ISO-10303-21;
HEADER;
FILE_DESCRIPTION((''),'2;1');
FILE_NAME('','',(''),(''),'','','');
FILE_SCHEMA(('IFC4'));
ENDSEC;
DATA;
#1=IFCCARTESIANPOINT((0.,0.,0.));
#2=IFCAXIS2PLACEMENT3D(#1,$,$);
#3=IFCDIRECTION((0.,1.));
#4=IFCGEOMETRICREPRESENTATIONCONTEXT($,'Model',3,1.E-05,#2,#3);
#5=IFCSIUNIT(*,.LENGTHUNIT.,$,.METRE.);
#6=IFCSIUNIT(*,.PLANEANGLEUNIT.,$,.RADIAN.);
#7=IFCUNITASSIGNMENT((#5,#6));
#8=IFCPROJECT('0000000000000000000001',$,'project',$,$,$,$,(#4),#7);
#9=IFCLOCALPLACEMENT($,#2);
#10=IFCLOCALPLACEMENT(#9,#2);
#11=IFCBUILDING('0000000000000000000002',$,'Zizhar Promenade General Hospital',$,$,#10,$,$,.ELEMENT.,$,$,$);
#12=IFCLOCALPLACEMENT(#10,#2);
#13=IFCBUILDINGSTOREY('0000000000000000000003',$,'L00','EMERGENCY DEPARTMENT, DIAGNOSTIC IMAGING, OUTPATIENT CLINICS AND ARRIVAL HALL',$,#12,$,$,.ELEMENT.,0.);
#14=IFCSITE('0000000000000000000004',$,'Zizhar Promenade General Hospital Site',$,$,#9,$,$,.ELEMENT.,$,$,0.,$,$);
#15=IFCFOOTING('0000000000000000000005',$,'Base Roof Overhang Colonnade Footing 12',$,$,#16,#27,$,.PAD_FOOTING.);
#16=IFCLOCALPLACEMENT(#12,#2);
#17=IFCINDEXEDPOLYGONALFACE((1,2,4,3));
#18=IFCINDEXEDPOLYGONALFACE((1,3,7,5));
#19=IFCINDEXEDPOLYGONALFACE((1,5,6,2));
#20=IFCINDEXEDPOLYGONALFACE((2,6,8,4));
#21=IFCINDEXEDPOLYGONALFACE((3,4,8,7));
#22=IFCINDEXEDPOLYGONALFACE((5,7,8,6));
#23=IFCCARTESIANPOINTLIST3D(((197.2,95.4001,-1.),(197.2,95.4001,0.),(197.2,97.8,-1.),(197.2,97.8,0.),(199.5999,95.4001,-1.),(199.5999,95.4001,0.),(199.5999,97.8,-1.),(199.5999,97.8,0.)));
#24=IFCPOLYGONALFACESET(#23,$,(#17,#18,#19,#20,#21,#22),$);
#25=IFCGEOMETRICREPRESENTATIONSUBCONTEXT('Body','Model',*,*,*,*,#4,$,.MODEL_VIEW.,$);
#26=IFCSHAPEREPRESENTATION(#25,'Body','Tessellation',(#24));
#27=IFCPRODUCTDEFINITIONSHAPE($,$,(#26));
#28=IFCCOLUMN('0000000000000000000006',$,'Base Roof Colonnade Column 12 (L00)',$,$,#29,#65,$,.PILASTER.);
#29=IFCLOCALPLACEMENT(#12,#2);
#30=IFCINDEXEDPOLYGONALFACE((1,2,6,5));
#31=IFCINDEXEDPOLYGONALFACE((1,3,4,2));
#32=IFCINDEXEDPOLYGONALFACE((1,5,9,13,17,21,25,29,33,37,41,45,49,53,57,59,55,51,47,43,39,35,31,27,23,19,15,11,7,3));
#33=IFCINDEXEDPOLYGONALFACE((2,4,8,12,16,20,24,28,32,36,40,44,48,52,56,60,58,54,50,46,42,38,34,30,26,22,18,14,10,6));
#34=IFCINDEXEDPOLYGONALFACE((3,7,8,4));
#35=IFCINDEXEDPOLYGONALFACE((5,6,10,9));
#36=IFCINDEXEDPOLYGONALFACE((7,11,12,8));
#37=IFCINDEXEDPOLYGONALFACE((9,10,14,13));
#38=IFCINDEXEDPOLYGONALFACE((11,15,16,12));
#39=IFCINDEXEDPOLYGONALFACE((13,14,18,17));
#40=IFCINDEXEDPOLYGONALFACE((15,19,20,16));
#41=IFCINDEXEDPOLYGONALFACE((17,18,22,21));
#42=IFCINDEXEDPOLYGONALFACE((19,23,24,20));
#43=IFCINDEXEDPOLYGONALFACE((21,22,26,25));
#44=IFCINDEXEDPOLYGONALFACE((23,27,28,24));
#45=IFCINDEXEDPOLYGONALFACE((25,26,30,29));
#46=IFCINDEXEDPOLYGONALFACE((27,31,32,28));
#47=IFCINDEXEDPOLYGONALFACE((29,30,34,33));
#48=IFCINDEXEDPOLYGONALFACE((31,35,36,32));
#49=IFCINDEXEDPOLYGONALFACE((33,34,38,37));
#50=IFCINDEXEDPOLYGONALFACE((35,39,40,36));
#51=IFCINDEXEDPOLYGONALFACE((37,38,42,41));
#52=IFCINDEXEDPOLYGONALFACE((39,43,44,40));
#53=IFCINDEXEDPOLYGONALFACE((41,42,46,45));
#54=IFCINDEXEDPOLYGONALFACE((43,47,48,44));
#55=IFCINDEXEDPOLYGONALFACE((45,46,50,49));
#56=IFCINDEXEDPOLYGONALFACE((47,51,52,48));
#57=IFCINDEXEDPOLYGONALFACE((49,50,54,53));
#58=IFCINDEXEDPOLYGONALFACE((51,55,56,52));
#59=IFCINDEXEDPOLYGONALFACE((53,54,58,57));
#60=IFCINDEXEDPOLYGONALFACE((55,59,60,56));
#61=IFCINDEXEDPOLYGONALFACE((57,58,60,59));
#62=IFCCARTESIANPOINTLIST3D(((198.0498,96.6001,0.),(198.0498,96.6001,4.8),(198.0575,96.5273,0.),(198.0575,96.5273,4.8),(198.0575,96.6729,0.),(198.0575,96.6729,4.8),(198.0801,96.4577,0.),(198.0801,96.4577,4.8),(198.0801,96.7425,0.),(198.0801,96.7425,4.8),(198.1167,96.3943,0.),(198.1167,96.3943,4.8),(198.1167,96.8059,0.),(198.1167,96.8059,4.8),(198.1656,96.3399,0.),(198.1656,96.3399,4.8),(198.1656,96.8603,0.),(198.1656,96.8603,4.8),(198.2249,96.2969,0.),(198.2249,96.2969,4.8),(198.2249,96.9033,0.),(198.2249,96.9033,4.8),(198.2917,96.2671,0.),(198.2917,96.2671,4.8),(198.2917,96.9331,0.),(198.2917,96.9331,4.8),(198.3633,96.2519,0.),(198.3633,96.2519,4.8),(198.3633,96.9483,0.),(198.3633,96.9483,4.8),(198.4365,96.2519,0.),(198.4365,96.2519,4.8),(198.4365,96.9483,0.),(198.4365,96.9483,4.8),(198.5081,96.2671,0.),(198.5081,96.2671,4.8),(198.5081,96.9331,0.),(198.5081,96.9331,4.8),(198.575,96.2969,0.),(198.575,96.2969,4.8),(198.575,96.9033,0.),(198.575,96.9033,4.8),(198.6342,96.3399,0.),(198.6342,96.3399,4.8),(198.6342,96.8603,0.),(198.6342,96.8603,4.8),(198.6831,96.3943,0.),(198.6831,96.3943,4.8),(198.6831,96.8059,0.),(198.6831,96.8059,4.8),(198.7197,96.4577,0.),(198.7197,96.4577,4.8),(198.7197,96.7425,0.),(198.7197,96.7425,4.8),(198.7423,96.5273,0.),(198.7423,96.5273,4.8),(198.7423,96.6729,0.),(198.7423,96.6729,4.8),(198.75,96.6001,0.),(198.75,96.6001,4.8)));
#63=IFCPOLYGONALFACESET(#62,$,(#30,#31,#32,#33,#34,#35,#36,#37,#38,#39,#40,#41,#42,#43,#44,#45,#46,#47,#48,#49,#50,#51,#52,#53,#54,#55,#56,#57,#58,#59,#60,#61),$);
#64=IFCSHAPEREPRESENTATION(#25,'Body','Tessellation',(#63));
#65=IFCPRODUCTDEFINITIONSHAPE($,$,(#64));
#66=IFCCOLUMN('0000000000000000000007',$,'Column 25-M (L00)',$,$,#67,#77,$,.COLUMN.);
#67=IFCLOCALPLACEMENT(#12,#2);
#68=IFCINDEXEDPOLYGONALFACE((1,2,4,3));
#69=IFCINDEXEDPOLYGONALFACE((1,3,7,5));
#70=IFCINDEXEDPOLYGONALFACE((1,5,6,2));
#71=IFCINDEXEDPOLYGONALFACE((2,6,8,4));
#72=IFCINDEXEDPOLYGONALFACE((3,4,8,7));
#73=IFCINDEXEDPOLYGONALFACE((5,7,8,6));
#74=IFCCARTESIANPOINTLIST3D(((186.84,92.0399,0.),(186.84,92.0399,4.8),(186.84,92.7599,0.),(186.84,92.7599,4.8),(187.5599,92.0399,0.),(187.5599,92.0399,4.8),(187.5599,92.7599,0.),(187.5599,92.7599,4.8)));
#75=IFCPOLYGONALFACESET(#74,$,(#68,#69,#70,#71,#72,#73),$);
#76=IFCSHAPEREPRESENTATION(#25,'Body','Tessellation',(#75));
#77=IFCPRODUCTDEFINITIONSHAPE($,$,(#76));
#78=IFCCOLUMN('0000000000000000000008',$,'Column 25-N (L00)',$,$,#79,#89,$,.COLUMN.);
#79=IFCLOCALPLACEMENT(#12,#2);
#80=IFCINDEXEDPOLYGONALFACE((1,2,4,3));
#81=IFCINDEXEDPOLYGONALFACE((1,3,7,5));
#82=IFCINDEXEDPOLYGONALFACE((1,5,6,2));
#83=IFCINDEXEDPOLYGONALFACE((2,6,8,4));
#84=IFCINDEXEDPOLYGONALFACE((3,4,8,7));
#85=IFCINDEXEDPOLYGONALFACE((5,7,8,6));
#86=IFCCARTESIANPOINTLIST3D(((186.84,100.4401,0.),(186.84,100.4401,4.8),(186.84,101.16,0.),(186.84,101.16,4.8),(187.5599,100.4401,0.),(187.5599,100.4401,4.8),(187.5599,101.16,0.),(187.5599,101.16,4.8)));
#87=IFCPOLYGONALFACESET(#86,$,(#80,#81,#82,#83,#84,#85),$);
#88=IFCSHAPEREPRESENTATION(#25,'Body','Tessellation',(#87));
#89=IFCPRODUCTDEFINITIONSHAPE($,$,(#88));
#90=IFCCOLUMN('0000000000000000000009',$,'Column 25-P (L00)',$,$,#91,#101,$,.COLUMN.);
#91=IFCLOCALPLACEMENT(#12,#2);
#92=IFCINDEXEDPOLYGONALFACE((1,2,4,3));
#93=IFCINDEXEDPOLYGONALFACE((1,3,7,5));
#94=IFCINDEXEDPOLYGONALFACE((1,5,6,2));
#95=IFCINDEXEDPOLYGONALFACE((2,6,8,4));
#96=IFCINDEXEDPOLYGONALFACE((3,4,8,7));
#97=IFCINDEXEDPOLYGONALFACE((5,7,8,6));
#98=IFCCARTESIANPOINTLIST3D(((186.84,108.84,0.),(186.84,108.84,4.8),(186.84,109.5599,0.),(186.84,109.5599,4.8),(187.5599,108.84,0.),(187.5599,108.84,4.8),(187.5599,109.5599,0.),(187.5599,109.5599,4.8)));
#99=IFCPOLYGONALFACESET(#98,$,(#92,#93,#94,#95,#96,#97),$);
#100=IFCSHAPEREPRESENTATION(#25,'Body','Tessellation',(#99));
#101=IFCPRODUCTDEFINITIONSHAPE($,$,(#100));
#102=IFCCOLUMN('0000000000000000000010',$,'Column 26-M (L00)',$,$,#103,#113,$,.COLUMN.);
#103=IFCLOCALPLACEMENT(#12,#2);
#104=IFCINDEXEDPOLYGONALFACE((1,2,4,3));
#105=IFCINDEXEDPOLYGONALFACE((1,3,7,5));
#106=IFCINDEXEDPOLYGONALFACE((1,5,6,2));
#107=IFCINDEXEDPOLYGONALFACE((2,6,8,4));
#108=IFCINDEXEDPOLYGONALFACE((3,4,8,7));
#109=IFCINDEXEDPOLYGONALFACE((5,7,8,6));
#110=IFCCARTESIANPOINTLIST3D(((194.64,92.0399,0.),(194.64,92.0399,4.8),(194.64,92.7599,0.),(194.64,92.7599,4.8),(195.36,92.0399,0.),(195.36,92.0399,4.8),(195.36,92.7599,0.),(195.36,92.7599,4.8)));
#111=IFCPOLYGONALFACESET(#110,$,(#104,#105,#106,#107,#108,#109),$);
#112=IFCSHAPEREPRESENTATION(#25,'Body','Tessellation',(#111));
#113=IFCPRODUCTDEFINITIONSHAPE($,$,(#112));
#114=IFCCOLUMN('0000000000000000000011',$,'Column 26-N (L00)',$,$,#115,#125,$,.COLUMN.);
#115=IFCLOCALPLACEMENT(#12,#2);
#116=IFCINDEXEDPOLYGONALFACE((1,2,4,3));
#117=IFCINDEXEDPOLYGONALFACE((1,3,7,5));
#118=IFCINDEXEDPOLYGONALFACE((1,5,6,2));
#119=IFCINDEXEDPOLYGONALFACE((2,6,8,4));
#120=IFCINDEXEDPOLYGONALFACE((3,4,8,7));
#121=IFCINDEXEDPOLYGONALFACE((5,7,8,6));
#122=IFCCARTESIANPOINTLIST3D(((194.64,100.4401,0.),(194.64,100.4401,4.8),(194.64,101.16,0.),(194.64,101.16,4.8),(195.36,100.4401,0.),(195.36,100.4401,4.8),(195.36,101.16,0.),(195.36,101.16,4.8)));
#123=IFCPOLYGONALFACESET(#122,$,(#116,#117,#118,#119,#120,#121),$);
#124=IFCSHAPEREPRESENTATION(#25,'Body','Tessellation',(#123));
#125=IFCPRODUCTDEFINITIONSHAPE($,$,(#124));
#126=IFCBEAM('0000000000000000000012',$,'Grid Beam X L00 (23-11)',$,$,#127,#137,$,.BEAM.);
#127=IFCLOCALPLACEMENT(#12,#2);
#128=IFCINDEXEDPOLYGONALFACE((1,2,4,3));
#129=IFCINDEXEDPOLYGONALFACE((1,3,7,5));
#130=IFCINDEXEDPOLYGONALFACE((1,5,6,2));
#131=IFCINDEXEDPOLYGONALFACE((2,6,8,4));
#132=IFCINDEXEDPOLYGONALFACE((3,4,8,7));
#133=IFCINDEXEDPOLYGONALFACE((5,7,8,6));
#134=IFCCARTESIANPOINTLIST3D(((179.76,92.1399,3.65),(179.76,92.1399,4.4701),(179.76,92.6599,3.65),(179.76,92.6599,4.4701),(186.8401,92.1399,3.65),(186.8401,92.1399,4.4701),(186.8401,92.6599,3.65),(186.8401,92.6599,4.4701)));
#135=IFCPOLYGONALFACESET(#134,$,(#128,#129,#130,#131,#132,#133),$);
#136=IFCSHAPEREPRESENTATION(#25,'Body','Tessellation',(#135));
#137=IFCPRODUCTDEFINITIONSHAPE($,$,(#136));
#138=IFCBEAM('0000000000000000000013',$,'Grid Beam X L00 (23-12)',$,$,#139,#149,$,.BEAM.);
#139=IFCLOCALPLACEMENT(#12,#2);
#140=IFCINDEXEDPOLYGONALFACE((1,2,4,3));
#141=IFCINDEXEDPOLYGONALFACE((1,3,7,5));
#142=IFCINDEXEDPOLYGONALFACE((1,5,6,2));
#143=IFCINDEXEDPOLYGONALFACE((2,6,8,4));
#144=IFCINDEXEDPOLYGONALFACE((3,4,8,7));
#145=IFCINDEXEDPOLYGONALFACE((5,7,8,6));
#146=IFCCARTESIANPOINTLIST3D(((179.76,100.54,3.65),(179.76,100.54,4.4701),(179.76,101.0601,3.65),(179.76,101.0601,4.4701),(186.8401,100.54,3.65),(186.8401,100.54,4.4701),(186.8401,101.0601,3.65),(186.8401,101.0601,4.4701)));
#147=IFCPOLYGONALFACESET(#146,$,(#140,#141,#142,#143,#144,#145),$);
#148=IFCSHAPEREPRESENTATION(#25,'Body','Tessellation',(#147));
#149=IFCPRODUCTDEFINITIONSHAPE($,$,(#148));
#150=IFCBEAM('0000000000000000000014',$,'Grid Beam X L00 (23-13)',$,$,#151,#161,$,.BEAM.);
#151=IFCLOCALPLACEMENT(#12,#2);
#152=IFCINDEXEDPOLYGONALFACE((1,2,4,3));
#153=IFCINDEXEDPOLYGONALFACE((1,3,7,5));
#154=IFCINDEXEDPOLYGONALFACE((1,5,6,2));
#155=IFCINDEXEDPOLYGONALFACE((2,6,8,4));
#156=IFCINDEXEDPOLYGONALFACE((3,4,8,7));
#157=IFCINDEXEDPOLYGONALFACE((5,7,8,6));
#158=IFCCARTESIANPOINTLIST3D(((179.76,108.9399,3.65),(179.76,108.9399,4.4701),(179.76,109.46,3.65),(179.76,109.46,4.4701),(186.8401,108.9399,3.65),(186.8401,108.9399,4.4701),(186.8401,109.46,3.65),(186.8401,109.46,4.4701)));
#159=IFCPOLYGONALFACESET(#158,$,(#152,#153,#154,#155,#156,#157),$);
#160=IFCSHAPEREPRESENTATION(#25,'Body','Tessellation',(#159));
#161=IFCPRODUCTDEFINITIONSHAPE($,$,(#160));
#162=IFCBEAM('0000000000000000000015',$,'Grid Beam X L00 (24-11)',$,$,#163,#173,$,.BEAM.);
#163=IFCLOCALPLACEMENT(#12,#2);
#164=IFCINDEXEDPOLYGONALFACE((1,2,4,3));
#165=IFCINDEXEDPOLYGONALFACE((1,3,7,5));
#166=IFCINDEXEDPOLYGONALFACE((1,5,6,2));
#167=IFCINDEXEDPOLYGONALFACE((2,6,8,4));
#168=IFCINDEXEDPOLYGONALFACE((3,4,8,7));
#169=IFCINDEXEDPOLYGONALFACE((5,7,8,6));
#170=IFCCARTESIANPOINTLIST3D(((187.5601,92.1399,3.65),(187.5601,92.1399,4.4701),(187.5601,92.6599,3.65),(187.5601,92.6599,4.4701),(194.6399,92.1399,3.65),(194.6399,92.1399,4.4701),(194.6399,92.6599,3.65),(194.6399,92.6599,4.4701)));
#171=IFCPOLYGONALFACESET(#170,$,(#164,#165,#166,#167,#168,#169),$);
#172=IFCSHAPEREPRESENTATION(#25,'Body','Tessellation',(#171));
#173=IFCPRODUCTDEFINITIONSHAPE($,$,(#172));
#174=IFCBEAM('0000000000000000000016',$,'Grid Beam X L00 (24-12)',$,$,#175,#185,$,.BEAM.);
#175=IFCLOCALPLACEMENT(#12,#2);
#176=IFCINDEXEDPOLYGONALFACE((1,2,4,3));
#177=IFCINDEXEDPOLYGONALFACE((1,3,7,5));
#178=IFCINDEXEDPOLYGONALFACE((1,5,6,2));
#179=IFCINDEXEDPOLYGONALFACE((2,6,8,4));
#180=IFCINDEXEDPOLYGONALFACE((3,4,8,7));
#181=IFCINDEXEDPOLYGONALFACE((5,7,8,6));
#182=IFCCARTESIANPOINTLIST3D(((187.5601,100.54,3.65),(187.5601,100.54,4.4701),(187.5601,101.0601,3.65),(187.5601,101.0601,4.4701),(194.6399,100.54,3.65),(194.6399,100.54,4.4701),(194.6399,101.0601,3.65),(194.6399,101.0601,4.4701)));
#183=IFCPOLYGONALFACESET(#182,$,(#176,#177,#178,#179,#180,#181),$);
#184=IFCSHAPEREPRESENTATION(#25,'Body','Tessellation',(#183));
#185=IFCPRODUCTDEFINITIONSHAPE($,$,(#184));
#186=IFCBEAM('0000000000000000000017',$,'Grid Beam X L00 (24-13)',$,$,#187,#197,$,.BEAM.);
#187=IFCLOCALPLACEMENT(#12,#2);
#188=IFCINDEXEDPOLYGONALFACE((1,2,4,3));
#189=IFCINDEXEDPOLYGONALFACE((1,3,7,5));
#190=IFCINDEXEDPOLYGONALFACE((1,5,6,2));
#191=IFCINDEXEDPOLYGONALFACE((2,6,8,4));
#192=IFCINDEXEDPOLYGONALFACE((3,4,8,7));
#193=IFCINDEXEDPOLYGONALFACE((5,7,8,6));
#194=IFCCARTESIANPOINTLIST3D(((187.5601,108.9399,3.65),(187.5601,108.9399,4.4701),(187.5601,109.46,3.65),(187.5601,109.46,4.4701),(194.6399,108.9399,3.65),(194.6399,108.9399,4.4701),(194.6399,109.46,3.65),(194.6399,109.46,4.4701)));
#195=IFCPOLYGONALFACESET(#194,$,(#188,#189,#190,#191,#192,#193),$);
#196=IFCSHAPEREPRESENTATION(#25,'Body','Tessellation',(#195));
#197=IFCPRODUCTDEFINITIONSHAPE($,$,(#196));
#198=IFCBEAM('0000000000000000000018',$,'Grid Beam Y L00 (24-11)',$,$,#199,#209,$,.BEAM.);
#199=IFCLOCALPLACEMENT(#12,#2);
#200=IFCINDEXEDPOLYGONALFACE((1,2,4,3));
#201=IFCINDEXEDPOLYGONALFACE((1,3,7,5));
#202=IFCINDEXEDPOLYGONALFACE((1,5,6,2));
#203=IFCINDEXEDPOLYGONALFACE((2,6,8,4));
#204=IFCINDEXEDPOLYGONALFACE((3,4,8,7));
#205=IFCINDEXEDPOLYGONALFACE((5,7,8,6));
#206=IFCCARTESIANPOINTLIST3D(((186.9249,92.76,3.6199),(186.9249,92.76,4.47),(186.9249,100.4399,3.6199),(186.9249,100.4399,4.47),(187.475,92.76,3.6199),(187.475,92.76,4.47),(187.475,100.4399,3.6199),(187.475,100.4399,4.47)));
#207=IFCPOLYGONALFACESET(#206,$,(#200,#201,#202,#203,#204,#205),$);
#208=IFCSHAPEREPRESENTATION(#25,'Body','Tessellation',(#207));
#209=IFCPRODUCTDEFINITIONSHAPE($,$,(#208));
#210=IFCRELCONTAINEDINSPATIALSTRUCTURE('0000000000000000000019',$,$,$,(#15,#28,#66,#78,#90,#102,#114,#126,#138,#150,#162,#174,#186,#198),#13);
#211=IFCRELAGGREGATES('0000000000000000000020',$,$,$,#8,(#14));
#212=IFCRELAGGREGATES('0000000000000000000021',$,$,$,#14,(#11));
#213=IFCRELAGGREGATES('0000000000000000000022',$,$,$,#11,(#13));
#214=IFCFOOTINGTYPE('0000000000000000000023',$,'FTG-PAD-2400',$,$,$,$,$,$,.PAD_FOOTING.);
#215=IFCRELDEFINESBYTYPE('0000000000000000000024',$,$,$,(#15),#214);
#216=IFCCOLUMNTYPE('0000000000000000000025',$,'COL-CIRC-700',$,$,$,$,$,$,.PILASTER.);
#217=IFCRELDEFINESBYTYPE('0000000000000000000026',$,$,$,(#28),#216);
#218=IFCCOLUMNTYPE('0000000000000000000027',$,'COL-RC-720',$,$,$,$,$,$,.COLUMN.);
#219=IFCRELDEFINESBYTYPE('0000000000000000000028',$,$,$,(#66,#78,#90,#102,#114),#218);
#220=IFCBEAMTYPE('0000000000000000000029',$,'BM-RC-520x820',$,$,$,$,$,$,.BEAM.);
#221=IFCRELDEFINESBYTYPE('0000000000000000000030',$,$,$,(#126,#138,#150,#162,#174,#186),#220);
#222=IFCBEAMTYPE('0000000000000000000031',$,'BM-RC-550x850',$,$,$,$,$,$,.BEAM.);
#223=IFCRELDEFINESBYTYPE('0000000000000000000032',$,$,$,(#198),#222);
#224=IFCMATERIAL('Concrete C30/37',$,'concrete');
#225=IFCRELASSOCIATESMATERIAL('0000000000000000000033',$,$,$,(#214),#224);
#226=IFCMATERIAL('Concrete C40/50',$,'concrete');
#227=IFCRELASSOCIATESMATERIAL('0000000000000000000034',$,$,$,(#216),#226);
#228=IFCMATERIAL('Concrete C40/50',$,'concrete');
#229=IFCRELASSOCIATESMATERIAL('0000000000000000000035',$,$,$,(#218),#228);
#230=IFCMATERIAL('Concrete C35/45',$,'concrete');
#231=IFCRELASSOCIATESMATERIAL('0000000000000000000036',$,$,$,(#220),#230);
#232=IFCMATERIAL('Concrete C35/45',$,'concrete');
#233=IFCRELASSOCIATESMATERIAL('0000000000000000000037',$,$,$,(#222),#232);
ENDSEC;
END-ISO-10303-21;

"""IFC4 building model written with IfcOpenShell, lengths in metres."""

from ifc_helpers import new_model, si_unit, direction, frame, origin, origin_2d, place, context, subcontext, project, spatial, rectangle, circle, extrude, material, material_profile, profile_set, type_object, element, save


model = new_model("IFC4")

# Units and contexts
model_context = context("Model", 3, precision=1e-05, world=origin(), true_north=direction((0.0, 1.0)))
body_context = subcontext(model_context, "Body", "Model", "MODEL_VIEW")
ifc_project = project(units=[si_unit("LENGTHUNIT", "METRE"), si_unit("PLANEANGLEUNIT", "RADIAN")], contexts=[model_context])

# Site, building, storey
site_placement = place(None, origin())
site = spatial("IfcSite", under=ifc_project, at=site_placement, Name="Zizhar Promenade General Hospital Site", CompositionType="ELEMENT", RefElevation=0.0)
building_placement = place(site_placement, origin())
building = spatial("IfcBuilding", under=site, at=building_placement, Name="Zizhar Promenade General Hospital", CompositionType="ELEMENT")
storey_placement = place(building_placement, origin())
storey = spatial("IfcBuildingStorey", under=building, at=storey_placement, Name="L00", Description="EMERGENCY DEPARTMENT, DIAGNOSTIC IMAGING, OUTPATIENT CLINICS AND ARRIVAL HALL", CompositionType="ELEMENT", Elevation=0.0)

# Footing
ifc_material_1 = material(Name="Concrete C30/37", Category="concrete")
footing_type = type_object("IfcFootingType", Name="FTG-PAD-2400", PredefinedType="PAD_FOOTING", material=ifc_material_1)
footing_placement = place(storey_placement, frame((198.3999, 96.6001, -1.0), z_axis=(0.0, 0.0, 1.0), x_axis=(1.0, 0.0, 0.0)))
element("IfcFooting", 1, at=footing_placement, inside=storey, type_object=footing_type, Name="Base Roof Overhang Colonnade Footing 12", PredefinedType="PAD_FOOTING", context=body_context, shape_type="SweptSolid", body=[
    extrude(rectangle(XDim=2.3999, YDim=2.3999, at=origin_2d()), origin(), (0.0, 0.0, 1.0), 1.0),
])

# Columns
ifc_material_2 = material(Name="Concrete C40/50", Category="concrete")
ifc_material_profile_1 = material_profile(ifc_material_2, circle(Radius=0.3501, at=origin_2d()))
ifc_profile_set_1 = profile_set([ifc_material_profile_1], Name="Concrete C40/50")
column_type_1 = type_object("IfcColumnType", Name="COL-CIRC-700", PredefinedType="PILASTER", material=ifc_profile_set_1)
column_placement = place(storey_placement, frame((198.3999, 96.6001, 0.0), z_axis=(0.0, 0.0, 1.0), x_axis=(1.0, 0.0, 0.0)))
element("IfcColumn", 2, at=column_placement, inside=storey, type_object=column_type_1, Name="Base Roof Colonnade Column 12 (L00)", PredefinedType="PILASTER", context=body_context, shape_type="SweptSolid", body=[
    extrude(circle(Radius=0.3501, at=origin_2d()), origin(), (0.0, 0.0, 1.0), 4.8),
])
ifc_material_3 = material(Name="Concrete C40/50", Category="concrete")
ifc_material_profile_2 = material_profile(ifc_material_3, rectangle(XDim=0.72, YDim=0.72, at=origin_2d()))
ifc_profile_set_2 = profile_set([ifc_material_profile_2], Name="Concrete C40/50")
column_type_2 = type_object("IfcColumnType", Name="COL-RC-720", PredefinedType="COLUMN", material=ifc_profile_set_2)
for number, where, z_axis, x_axis, name in (
    (3, (187.2, 92.3999, 0.0), (0.0, 0.0, 1.0), (1.0, 0.0, 0.0), "Column 25-M (L00)"),
    (4, (187.2, 100.8, 0.0), (0.0, 0.0, 1.0), (1.0, 0.0, 0.0), "Column 25-N (L00)"),
    (5, (187.2, 109.2, 0.0), (0.0, 0.0, 1.0), (1.0, 0.0, 0.0), "Column 25-P (L00)"),
    (6, (195.0, 92.3999, 0.0), (0.0, 0.0, 1.0), (1.0, 0.0, 0.0), "Column 26-M (L00)"),
    (7, (195.0, 100.8, 0.0), (0.0, 0.0, 1.0), (1.0, 0.0, 0.0), "Column 26-N (L00)"),
):
    element("IfcColumn", number, at=place(storey_placement, frame(where, z_axis=z_axis, x_axis=x_axis)), inside=storey, type_object=column_type_2, Name=name, PredefinedType="COLUMN", context=body_context, shape_type="SweptSolid", body=[
        extrude(rectangle(XDim=0.72, YDim=0.72, at=origin_2d()), origin(), (0.0, 0.0, 1.0), 4.8),
    ])

# Beams
ifc_material_4 = material(Name="Concrete C35/45", Category="concrete")
ifc_material_profile_3 = material_profile(ifc_material_4, rectangle(XDim=0.52, YDim=0.8201, at=origin_2d()))
ifc_profile_set_3 = profile_set([ifc_material_profile_3], Name="Concrete C35/45")
beam_type_1 = type_object("IfcBeamType", Name="BM-RC-520x820", PredefinedType="BEAM", material=ifc_profile_set_3)
for number, where, z_axis, x_axis, name in (
    (8, (179.76, 92.3999, 4.0601), (1.0, 0.0, 0.0), (0.0, 1.0, 0.0), "Grid Beam X L00 (23-11)"),
    (9, (179.76, 100.8, 4.0601), (1.0, 0.0, 0.0), (0.0, 1.0, 0.0), "Grid Beam X L00 (23-12)"),
    (10, (179.76, 109.2, 4.0601), (1.0, 0.0, 0.0), (0.0, 1.0, 0.0), "Grid Beam X L00 (23-13)"),
):
    element("IfcBeam", number, at=place(storey_placement, frame(where, z_axis=z_axis, x_axis=x_axis)), inside=storey, type_object=beam_type_1, Name=name, PredefinedType="BEAM", context=body_context, shape_type="SweptSolid", body=[
        extrude(rectangle(XDim=0.52, YDim=0.8201, at=origin_2d()), origin(), (0.0, 0.0, 1.0), 7.0801),
    ])
for number, where, z_axis, x_axis, name in (
    (11, (187.5601, 92.3999, 4.0601), (1.0, 0.0, 0.0), (0.0, 1.0, 0.0), "Grid Beam X L00 (24-11)"),
    (12, (187.5601, 100.8, 4.0601), (1.0, 0.0, 0.0), (0.0, 1.0, 0.0), "Grid Beam X L00 (24-12)"),
    (13, (187.5601, 109.2, 4.0601), (1.0, 0.0, 0.0), (0.0, 1.0, 0.0), "Grid Beam X L00 (24-13)"),
):
    element("IfcBeam", number, at=place(storey_placement, frame(where, z_axis=z_axis, x_axis=x_axis)), inside=storey, type_object=beam_type_1, Name=name, PredefinedType="BEAM", context=body_context, shape_type="SweptSolid", body=[
        extrude(rectangle(XDim=0.52, YDim=0.8201, at=origin_2d()), origin(), (0.0, 0.0, 1.0), 7.0798),
    ])
ifc_material_5 = material(Name="Concrete C35/45", Category="concrete")
ifc_material_profile_4 = material_profile(ifc_material_5, rectangle(XDim=0.55, YDim=0.8501, at=origin_2d()))
ifc_profile_set_4 = profile_set([ifc_material_profile_4], Name="Concrete C35/45")
beam_type_2 = type_object("IfcBeamType", Name="BM-RC-550x850", PredefinedType="BEAM", material=ifc_profile_set_4)
beam_1_placement = place(storey_placement, frame((187.2, 92.76, 4.0449), z_axis=(0.0, 1.0, 0.0), x_axis=(-1.0, 0.0, 0.0)))
element("IfcBeam", 14, at=beam_1_placement, inside=storey, type_object=beam_type_2, Name="Grid Beam Y L00 (24-11)", PredefinedType="BEAM", context=body_context, shape_type="SweptSolid", body=[
    extrude(rectangle(XDim=0.55, YDim=0.8501, at=origin_2d()), origin(), (0.0, 0.0, 1.0), 7.6799),
])

save(model, "model.ifc")
